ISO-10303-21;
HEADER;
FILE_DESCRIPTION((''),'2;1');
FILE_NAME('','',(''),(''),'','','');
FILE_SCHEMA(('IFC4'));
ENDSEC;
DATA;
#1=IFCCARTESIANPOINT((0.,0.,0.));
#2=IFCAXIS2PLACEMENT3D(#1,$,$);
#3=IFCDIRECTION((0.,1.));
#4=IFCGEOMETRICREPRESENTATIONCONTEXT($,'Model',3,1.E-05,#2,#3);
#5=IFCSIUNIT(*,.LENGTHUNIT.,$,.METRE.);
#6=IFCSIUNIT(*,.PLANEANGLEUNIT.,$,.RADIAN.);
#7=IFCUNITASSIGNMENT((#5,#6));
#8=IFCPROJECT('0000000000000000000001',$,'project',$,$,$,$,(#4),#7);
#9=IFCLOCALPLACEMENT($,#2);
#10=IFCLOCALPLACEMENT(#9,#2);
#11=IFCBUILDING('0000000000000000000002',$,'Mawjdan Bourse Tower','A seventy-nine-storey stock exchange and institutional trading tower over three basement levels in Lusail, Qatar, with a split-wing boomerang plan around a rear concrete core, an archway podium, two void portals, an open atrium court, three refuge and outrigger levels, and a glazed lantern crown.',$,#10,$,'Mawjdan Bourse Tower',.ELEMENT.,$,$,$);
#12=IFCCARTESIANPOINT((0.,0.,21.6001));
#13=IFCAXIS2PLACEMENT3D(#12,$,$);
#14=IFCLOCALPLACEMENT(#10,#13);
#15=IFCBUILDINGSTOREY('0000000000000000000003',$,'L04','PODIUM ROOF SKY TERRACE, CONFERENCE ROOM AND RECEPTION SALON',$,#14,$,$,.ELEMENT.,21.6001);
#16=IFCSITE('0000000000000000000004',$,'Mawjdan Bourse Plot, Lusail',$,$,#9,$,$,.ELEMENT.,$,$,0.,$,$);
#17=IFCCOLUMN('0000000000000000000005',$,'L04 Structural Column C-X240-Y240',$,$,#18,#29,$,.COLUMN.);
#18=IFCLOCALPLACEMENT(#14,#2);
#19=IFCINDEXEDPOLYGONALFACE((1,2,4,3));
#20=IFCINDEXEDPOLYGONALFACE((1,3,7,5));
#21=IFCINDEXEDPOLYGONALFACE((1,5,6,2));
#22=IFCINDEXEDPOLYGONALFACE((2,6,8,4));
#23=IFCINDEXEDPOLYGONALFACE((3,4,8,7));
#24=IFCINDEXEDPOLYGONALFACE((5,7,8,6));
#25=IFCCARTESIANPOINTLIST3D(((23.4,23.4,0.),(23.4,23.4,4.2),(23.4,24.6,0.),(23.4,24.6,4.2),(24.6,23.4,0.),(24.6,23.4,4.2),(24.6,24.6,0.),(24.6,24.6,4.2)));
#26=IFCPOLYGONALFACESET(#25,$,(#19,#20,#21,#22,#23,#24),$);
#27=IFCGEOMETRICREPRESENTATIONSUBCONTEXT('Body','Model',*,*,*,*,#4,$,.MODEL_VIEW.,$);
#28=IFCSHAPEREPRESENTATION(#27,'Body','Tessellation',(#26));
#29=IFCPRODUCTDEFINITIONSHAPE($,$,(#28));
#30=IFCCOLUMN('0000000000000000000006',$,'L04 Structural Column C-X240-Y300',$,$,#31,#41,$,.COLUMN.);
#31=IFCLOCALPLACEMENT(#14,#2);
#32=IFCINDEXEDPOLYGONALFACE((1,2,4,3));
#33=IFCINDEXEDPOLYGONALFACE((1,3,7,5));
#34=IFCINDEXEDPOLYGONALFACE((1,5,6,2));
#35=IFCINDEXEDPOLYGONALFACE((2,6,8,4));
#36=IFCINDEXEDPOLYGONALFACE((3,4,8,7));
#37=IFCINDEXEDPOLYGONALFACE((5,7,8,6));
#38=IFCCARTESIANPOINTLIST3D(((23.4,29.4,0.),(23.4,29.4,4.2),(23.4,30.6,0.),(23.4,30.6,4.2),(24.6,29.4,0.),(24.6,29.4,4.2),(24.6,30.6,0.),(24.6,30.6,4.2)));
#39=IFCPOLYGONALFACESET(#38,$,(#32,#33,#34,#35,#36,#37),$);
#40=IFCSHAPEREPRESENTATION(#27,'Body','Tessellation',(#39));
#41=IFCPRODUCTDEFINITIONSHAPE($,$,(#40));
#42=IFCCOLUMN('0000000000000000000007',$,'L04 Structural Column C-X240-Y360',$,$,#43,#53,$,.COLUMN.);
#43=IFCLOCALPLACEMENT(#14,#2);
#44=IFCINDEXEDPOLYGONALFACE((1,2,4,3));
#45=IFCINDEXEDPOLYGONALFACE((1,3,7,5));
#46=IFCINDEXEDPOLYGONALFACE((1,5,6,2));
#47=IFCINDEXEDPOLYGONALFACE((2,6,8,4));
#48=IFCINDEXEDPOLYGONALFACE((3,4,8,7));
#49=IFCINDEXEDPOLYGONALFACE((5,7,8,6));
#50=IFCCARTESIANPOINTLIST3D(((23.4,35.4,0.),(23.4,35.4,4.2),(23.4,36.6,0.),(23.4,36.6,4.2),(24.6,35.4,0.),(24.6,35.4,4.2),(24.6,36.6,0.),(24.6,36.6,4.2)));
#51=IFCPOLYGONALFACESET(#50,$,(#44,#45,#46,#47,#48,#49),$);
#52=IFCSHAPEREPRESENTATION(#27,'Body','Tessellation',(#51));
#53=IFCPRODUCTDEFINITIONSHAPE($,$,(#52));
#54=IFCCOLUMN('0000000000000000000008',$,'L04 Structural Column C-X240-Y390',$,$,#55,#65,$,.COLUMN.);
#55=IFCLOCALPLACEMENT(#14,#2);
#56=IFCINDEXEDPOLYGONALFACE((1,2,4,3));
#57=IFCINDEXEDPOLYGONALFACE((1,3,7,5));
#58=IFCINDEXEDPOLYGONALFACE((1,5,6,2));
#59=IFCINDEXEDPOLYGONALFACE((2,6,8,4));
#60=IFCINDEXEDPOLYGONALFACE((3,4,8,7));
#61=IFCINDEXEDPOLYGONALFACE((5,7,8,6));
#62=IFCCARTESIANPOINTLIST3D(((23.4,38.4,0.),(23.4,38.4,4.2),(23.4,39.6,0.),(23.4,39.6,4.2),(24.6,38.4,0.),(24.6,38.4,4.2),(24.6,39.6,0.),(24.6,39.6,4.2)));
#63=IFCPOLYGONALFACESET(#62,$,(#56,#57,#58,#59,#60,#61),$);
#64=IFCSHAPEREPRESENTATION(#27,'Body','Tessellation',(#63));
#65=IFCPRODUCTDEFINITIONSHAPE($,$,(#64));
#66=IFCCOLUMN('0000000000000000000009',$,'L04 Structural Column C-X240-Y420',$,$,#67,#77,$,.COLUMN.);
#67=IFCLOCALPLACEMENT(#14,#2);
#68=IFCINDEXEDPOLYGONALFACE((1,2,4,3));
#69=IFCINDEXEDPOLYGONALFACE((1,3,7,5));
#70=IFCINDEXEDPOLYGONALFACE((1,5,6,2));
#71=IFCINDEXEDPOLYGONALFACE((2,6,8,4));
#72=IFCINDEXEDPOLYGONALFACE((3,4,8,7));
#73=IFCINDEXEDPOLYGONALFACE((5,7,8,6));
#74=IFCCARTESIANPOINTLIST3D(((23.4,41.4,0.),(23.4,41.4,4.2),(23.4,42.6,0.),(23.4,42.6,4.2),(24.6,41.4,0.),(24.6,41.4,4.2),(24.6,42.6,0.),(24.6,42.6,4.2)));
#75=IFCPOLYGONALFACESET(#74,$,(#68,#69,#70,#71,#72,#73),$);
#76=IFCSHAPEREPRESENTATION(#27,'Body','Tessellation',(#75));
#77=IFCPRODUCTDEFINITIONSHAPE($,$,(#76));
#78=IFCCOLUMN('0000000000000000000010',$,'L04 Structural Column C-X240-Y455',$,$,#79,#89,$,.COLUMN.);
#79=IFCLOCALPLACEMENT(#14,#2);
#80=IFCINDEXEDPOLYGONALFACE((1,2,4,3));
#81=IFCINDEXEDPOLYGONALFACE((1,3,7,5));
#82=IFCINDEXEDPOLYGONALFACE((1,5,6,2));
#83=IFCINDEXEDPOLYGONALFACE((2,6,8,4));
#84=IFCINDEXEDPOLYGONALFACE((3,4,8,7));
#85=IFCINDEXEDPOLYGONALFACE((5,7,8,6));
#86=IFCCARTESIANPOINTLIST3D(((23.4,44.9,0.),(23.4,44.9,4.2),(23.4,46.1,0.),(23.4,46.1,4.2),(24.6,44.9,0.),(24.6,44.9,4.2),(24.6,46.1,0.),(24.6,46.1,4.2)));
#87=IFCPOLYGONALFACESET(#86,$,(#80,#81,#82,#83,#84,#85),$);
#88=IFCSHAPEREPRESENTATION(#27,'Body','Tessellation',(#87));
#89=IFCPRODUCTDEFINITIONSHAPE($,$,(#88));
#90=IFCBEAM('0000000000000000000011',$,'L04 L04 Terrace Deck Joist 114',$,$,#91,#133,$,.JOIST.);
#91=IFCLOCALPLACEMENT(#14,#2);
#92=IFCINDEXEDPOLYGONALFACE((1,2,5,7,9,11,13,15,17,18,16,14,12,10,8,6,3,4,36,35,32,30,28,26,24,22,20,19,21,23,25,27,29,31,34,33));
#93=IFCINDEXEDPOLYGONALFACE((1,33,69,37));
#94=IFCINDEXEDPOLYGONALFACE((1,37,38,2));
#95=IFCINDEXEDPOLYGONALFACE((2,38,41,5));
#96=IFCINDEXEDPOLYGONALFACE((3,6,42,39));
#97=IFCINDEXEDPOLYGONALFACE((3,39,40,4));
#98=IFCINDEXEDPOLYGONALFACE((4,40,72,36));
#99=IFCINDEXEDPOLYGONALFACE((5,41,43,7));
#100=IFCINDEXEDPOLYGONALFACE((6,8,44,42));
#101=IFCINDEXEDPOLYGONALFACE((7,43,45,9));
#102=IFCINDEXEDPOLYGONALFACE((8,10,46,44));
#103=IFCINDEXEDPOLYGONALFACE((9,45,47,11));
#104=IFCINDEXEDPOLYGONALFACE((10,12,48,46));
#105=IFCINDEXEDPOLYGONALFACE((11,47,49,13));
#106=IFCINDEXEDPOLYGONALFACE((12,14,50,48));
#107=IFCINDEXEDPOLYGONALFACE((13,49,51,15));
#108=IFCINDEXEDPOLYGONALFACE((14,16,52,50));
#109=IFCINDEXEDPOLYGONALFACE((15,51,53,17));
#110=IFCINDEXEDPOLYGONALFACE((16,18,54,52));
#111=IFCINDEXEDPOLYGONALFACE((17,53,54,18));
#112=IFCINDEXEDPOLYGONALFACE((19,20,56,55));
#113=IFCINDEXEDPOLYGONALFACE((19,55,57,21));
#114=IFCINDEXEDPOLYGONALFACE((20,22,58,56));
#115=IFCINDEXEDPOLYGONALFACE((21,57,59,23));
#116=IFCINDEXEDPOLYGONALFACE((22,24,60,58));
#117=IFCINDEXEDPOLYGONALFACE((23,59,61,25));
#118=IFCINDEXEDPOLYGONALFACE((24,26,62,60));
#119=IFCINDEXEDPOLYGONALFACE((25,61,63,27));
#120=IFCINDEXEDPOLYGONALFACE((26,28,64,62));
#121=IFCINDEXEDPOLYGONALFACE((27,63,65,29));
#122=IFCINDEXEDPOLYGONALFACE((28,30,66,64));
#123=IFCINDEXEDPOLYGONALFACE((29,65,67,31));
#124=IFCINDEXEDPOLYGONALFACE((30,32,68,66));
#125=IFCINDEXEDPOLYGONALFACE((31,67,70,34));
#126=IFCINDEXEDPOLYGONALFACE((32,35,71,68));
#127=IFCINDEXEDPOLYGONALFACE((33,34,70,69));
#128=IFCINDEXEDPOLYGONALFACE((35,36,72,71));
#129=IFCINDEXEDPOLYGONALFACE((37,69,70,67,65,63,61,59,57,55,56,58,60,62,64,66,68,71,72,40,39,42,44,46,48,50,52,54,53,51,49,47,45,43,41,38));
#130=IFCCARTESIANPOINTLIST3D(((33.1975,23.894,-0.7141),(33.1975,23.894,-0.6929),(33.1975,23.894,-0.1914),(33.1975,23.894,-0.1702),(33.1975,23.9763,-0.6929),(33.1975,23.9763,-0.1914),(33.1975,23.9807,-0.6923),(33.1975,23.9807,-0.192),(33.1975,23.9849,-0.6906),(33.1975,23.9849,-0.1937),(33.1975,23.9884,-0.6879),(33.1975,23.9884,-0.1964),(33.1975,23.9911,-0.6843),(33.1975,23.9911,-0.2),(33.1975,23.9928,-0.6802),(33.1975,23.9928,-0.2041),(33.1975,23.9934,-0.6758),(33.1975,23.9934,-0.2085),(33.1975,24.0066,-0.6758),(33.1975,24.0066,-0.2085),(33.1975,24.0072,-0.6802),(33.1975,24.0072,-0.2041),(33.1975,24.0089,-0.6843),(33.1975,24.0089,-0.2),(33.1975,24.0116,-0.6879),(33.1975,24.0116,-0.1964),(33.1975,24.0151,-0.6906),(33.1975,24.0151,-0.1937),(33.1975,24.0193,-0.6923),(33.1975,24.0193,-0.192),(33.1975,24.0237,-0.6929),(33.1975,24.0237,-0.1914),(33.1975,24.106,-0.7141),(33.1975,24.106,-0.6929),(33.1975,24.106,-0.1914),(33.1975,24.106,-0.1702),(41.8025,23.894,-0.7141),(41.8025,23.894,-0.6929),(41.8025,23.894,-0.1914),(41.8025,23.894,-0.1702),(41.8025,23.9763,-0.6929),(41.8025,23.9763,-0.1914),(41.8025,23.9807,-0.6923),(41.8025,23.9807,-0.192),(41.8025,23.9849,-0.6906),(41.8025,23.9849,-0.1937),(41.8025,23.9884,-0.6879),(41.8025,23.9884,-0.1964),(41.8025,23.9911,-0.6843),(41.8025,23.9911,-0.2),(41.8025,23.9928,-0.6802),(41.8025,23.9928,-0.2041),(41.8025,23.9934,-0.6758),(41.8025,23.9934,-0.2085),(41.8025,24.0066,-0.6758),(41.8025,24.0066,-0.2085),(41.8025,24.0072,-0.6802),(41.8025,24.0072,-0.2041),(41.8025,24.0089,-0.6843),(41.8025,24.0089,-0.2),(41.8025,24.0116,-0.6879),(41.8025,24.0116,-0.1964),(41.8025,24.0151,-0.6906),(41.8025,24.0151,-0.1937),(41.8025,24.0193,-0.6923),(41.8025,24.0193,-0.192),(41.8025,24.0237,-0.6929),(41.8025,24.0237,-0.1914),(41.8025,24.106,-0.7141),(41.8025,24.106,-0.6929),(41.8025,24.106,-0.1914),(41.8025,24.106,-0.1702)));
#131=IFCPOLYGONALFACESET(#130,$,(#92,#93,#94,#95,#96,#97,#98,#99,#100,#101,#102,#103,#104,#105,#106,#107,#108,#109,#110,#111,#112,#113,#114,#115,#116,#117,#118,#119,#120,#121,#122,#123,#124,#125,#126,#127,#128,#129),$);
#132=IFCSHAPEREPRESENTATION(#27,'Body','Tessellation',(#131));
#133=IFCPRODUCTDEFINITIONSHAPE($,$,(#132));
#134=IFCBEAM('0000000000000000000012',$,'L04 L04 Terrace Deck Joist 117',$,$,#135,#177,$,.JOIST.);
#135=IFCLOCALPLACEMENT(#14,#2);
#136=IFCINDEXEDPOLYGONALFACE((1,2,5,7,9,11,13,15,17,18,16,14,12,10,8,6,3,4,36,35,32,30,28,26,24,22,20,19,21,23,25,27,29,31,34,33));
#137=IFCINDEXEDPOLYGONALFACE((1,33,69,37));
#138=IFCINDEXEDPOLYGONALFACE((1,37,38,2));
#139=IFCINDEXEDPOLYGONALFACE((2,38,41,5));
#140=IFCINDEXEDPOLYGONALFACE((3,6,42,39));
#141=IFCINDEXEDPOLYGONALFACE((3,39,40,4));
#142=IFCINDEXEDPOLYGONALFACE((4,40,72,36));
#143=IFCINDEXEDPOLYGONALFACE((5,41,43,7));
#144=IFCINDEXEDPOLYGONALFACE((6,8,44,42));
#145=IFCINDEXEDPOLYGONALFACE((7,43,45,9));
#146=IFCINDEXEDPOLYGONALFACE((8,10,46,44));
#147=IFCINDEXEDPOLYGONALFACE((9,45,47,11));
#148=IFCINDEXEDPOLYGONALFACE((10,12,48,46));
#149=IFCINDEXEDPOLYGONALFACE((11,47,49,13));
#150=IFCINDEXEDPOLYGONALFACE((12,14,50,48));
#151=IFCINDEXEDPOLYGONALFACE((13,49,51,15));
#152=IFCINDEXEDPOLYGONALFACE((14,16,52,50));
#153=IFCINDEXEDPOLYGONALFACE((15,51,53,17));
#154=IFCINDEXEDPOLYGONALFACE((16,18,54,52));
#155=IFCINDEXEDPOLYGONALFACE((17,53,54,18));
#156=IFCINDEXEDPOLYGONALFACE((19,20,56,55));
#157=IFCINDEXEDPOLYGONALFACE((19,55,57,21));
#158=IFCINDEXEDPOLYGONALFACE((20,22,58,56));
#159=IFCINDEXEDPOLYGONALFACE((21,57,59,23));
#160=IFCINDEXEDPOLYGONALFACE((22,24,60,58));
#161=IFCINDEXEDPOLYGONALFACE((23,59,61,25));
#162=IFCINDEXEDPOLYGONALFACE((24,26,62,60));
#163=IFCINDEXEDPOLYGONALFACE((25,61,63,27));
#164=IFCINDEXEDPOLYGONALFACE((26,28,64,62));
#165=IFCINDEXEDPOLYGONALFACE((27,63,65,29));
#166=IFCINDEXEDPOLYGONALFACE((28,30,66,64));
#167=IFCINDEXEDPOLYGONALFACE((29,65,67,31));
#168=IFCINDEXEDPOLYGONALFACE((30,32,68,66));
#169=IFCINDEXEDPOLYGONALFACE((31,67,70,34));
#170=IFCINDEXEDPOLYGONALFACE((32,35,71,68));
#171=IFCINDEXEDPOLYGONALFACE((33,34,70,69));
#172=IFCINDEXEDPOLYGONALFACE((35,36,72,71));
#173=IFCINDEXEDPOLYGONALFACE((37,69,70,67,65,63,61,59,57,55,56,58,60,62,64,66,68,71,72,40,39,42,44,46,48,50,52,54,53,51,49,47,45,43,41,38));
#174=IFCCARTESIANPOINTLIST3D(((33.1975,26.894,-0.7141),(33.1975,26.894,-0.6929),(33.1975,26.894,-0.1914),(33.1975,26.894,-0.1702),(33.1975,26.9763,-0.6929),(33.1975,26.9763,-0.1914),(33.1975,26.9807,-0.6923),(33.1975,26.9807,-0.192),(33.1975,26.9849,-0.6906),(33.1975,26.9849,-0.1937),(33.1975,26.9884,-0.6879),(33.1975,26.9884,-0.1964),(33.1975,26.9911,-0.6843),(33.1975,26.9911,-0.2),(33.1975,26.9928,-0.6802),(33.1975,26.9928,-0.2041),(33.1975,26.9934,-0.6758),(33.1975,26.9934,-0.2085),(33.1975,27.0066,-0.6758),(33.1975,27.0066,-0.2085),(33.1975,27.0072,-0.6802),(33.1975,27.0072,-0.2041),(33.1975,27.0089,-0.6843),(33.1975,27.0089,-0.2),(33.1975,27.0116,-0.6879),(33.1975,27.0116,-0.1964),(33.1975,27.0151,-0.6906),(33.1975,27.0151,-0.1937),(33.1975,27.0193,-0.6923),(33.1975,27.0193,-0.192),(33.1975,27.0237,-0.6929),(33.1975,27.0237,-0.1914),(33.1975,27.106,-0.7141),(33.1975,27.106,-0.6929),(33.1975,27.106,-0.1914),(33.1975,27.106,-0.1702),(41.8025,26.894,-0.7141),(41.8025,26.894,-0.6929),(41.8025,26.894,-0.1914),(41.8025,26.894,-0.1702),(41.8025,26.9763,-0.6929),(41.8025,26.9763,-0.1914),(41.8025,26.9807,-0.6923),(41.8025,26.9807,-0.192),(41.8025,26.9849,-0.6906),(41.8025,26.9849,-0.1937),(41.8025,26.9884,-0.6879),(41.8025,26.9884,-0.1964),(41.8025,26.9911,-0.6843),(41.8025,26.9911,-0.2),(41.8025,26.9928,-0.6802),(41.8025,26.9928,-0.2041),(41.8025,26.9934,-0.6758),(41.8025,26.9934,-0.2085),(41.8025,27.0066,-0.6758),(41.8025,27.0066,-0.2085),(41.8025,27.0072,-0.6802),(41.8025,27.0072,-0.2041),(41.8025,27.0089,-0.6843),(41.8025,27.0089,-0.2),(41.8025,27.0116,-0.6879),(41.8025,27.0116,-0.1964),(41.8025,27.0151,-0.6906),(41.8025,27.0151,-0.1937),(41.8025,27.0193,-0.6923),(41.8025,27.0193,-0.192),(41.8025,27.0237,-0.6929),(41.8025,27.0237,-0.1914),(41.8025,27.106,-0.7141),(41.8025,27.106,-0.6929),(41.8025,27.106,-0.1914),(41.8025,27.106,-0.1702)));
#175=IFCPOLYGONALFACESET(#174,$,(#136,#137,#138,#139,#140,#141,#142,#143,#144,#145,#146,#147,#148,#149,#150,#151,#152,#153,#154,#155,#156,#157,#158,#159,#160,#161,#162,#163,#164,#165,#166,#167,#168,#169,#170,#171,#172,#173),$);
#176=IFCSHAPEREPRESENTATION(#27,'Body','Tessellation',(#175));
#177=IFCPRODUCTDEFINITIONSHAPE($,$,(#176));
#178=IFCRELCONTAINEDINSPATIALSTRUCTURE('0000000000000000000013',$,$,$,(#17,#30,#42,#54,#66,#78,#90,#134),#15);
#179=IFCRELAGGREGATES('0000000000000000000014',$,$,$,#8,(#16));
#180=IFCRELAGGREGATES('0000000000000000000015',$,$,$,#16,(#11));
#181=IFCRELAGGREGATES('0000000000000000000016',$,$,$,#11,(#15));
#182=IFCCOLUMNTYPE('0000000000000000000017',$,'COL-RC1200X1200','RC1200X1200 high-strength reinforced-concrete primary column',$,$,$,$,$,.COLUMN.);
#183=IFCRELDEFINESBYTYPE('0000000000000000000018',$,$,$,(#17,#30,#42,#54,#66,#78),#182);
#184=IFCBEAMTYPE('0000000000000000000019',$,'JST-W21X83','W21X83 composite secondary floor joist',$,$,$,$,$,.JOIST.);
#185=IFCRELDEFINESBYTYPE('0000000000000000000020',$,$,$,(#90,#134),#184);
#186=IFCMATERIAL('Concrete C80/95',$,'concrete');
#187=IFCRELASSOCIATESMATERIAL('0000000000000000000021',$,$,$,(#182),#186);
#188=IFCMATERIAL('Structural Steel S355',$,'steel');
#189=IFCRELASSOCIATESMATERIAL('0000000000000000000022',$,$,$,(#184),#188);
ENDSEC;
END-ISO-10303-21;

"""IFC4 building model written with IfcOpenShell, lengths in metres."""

from ifc_helpers import new_model, si_unit, direction, frame, origin, origin_2d, place, context, subcontext, project, spatial, rectangle, i_section, extrude, material, material_profile, profile_set, type_object, element, save


model = new_model("IFC4")

# Units and contexts
model_context = context("Model", 3, precision=1e-05, world=origin(), true_north=direction((0.0, 1.0)))
body_context = subcontext(model_context, "Body", "Model", "MODEL_VIEW")
ifc_project = project(units=[si_unit("LENGTHUNIT", "METRE"), si_unit("PLANEANGLEUNIT", "RADIAN")], contexts=[model_context])

# Site, building, storey
site_placement = place(None, origin())
site = spatial("IfcSite", under=ifc_project, at=site_placement, Name="Mawjdan Bourse Plot, Lusail", CompositionType="ELEMENT", RefElevation=0.0)
building_placement = place(site_placement, origin())
building = spatial("IfcBuilding", under=site, at=building_placement, Name="Mawjdan Bourse Tower", Description="A seventy-nine-storey stock exchange and institutional trading tower over three basement levels in Lusail, Qatar, with a split-wing boomerang plan around a rear concrete core, an archway podium, two void portals, an open atrium court, three refuge and outrigger levels, and a glazed lantern crown.", LongName="Mawjdan Bourse Tower", CompositionType="ELEMENT")
storey_placement = place(building_placement, frame((0.0, 0.0, 21.6001)))
storey = spatial("IfcBuildingStorey", under=building, at=storey_placement, Name="L04", Description="PODIUM ROOF SKY TERRACE, CONFERENCE ROOM AND RECEPTION SALON", CompositionType="ELEMENT", Elevation=21.6001)

# Columns
ifc_material_1 = material(Name="Concrete C80/95", Category="concrete")
ifc_material_profile_1 = material_profile(ifc_material_1, rectangle(XDim=1.2, YDim=1.2, at=origin_2d()), Name="RC1200X1200")
ifc_profile_set_1 = profile_set([ifc_material_profile_1], Name="Concrete C80/95")
column_type = type_object("IfcColumnType", Name="COL-RC1200X1200", Description="RC1200X1200 high-strength reinforced-concrete primary column", PredefinedType="COLUMN", material=ifc_profile_set_1)
for number, where, z_axis, x_axis, name in (
    (1, (24.0, 24.0, 0.0), (0.0, 0.0, 1.0), (1.0, 0.0, 0.0), "L04 Structural Column C-X240-Y240"),
    (2, (24.0, 30.0, 0.0), (0.0, 0.0, 1.0), (1.0, 0.0, 0.0), "L04 Structural Column C-X240-Y300"),
    (3, (24.0, 36.0, 0.0), (0.0, 0.0, 1.0), (1.0, 0.0, 0.0), "L04 Structural Column C-X240-Y360"),
    (4, (24.0, 39.0, 0.0), (0.0, 0.0, 1.0), (1.0, 0.0, 0.0), "L04 Structural Column C-X240-Y390"),
    (5, (24.0, 42.0, 0.0), (0.0, 0.0, 1.0), (1.0, 0.0, 0.0), "L04 Structural Column C-X240-Y420"),
    (6, (24.0, 45.5, 0.0), (0.0, 0.0, 1.0), (1.0, 0.0, 0.0), "L04 Structural Column C-X240-Y455"),
):
    element("IfcColumn", number, at=place(storey_placement, frame(where, z_axis=z_axis, x_axis=x_axis)), inside=storey, type_object=column_type, Name=name, PredefinedType="COLUMN", context=body_context, shape_type="SweptSolid", body=[
        extrude(rectangle(XDim=1.2, YDim=1.2, at=origin_2d()), origin(), (0.0, 0.0, 1.0), 4.2),
    ])

# Beams
ifc_material_2 = material(Name="Structural Steel S355", Category="steel")
ifc_material_profile_2 = material_profile(ifc_material_2, i_section(OverallWidth=0.2119, OverallDepth=0.5439, WebThickness=0.0132, FlangeThickness=0.0212, FilletRadius=0.0171, at=origin_2d()), Name="W21X83")
ifc_profile_set_2 = profile_set([ifc_material_profile_2], Name="Structural Steel S355")
beam_type_1 = type_object("IfcBeamType", Name="JST-W21X83", Description="W21X83 composite secondary floor joist", PredefinedType="JOIST", material=ifc_profile_set_2)
for number, where, z_axis, x_axis, name in (
    (7, (33.1975, 24.0, -0.4421), (1.0, 0.0, 0.0), (0.0, 1.0, 0.0), "L04 L04 Terrace Deck Joist 114"),
    (8, (33.1975, 27.0, -0.4421), (1.0, 0.0, 0.0), (0.0, 1.0, 0.0), "L04 L04 Terrace Deck Joist 117"),
):
    element("IfcBeam", number, at=place(storey_placement, frame(where, z_axis=z_axis, x_axis=x_axis)), inside=storey, type_object=beam_type_1, Name=name, PredefinedType="JOIST", context=body_context, shape_type="SweptSolid", body=[
        extrude(i_section(OverallWidth=0.2119, OverallDepth=0.5439, WebThickness=0.0132, FlangeThickness=0.0212, FilletRadius=0.0171, at=origin_2d()), origin(), (0.0, 0.0, 1.0), 8.605),
    ])

save(model, "model.ifc")
